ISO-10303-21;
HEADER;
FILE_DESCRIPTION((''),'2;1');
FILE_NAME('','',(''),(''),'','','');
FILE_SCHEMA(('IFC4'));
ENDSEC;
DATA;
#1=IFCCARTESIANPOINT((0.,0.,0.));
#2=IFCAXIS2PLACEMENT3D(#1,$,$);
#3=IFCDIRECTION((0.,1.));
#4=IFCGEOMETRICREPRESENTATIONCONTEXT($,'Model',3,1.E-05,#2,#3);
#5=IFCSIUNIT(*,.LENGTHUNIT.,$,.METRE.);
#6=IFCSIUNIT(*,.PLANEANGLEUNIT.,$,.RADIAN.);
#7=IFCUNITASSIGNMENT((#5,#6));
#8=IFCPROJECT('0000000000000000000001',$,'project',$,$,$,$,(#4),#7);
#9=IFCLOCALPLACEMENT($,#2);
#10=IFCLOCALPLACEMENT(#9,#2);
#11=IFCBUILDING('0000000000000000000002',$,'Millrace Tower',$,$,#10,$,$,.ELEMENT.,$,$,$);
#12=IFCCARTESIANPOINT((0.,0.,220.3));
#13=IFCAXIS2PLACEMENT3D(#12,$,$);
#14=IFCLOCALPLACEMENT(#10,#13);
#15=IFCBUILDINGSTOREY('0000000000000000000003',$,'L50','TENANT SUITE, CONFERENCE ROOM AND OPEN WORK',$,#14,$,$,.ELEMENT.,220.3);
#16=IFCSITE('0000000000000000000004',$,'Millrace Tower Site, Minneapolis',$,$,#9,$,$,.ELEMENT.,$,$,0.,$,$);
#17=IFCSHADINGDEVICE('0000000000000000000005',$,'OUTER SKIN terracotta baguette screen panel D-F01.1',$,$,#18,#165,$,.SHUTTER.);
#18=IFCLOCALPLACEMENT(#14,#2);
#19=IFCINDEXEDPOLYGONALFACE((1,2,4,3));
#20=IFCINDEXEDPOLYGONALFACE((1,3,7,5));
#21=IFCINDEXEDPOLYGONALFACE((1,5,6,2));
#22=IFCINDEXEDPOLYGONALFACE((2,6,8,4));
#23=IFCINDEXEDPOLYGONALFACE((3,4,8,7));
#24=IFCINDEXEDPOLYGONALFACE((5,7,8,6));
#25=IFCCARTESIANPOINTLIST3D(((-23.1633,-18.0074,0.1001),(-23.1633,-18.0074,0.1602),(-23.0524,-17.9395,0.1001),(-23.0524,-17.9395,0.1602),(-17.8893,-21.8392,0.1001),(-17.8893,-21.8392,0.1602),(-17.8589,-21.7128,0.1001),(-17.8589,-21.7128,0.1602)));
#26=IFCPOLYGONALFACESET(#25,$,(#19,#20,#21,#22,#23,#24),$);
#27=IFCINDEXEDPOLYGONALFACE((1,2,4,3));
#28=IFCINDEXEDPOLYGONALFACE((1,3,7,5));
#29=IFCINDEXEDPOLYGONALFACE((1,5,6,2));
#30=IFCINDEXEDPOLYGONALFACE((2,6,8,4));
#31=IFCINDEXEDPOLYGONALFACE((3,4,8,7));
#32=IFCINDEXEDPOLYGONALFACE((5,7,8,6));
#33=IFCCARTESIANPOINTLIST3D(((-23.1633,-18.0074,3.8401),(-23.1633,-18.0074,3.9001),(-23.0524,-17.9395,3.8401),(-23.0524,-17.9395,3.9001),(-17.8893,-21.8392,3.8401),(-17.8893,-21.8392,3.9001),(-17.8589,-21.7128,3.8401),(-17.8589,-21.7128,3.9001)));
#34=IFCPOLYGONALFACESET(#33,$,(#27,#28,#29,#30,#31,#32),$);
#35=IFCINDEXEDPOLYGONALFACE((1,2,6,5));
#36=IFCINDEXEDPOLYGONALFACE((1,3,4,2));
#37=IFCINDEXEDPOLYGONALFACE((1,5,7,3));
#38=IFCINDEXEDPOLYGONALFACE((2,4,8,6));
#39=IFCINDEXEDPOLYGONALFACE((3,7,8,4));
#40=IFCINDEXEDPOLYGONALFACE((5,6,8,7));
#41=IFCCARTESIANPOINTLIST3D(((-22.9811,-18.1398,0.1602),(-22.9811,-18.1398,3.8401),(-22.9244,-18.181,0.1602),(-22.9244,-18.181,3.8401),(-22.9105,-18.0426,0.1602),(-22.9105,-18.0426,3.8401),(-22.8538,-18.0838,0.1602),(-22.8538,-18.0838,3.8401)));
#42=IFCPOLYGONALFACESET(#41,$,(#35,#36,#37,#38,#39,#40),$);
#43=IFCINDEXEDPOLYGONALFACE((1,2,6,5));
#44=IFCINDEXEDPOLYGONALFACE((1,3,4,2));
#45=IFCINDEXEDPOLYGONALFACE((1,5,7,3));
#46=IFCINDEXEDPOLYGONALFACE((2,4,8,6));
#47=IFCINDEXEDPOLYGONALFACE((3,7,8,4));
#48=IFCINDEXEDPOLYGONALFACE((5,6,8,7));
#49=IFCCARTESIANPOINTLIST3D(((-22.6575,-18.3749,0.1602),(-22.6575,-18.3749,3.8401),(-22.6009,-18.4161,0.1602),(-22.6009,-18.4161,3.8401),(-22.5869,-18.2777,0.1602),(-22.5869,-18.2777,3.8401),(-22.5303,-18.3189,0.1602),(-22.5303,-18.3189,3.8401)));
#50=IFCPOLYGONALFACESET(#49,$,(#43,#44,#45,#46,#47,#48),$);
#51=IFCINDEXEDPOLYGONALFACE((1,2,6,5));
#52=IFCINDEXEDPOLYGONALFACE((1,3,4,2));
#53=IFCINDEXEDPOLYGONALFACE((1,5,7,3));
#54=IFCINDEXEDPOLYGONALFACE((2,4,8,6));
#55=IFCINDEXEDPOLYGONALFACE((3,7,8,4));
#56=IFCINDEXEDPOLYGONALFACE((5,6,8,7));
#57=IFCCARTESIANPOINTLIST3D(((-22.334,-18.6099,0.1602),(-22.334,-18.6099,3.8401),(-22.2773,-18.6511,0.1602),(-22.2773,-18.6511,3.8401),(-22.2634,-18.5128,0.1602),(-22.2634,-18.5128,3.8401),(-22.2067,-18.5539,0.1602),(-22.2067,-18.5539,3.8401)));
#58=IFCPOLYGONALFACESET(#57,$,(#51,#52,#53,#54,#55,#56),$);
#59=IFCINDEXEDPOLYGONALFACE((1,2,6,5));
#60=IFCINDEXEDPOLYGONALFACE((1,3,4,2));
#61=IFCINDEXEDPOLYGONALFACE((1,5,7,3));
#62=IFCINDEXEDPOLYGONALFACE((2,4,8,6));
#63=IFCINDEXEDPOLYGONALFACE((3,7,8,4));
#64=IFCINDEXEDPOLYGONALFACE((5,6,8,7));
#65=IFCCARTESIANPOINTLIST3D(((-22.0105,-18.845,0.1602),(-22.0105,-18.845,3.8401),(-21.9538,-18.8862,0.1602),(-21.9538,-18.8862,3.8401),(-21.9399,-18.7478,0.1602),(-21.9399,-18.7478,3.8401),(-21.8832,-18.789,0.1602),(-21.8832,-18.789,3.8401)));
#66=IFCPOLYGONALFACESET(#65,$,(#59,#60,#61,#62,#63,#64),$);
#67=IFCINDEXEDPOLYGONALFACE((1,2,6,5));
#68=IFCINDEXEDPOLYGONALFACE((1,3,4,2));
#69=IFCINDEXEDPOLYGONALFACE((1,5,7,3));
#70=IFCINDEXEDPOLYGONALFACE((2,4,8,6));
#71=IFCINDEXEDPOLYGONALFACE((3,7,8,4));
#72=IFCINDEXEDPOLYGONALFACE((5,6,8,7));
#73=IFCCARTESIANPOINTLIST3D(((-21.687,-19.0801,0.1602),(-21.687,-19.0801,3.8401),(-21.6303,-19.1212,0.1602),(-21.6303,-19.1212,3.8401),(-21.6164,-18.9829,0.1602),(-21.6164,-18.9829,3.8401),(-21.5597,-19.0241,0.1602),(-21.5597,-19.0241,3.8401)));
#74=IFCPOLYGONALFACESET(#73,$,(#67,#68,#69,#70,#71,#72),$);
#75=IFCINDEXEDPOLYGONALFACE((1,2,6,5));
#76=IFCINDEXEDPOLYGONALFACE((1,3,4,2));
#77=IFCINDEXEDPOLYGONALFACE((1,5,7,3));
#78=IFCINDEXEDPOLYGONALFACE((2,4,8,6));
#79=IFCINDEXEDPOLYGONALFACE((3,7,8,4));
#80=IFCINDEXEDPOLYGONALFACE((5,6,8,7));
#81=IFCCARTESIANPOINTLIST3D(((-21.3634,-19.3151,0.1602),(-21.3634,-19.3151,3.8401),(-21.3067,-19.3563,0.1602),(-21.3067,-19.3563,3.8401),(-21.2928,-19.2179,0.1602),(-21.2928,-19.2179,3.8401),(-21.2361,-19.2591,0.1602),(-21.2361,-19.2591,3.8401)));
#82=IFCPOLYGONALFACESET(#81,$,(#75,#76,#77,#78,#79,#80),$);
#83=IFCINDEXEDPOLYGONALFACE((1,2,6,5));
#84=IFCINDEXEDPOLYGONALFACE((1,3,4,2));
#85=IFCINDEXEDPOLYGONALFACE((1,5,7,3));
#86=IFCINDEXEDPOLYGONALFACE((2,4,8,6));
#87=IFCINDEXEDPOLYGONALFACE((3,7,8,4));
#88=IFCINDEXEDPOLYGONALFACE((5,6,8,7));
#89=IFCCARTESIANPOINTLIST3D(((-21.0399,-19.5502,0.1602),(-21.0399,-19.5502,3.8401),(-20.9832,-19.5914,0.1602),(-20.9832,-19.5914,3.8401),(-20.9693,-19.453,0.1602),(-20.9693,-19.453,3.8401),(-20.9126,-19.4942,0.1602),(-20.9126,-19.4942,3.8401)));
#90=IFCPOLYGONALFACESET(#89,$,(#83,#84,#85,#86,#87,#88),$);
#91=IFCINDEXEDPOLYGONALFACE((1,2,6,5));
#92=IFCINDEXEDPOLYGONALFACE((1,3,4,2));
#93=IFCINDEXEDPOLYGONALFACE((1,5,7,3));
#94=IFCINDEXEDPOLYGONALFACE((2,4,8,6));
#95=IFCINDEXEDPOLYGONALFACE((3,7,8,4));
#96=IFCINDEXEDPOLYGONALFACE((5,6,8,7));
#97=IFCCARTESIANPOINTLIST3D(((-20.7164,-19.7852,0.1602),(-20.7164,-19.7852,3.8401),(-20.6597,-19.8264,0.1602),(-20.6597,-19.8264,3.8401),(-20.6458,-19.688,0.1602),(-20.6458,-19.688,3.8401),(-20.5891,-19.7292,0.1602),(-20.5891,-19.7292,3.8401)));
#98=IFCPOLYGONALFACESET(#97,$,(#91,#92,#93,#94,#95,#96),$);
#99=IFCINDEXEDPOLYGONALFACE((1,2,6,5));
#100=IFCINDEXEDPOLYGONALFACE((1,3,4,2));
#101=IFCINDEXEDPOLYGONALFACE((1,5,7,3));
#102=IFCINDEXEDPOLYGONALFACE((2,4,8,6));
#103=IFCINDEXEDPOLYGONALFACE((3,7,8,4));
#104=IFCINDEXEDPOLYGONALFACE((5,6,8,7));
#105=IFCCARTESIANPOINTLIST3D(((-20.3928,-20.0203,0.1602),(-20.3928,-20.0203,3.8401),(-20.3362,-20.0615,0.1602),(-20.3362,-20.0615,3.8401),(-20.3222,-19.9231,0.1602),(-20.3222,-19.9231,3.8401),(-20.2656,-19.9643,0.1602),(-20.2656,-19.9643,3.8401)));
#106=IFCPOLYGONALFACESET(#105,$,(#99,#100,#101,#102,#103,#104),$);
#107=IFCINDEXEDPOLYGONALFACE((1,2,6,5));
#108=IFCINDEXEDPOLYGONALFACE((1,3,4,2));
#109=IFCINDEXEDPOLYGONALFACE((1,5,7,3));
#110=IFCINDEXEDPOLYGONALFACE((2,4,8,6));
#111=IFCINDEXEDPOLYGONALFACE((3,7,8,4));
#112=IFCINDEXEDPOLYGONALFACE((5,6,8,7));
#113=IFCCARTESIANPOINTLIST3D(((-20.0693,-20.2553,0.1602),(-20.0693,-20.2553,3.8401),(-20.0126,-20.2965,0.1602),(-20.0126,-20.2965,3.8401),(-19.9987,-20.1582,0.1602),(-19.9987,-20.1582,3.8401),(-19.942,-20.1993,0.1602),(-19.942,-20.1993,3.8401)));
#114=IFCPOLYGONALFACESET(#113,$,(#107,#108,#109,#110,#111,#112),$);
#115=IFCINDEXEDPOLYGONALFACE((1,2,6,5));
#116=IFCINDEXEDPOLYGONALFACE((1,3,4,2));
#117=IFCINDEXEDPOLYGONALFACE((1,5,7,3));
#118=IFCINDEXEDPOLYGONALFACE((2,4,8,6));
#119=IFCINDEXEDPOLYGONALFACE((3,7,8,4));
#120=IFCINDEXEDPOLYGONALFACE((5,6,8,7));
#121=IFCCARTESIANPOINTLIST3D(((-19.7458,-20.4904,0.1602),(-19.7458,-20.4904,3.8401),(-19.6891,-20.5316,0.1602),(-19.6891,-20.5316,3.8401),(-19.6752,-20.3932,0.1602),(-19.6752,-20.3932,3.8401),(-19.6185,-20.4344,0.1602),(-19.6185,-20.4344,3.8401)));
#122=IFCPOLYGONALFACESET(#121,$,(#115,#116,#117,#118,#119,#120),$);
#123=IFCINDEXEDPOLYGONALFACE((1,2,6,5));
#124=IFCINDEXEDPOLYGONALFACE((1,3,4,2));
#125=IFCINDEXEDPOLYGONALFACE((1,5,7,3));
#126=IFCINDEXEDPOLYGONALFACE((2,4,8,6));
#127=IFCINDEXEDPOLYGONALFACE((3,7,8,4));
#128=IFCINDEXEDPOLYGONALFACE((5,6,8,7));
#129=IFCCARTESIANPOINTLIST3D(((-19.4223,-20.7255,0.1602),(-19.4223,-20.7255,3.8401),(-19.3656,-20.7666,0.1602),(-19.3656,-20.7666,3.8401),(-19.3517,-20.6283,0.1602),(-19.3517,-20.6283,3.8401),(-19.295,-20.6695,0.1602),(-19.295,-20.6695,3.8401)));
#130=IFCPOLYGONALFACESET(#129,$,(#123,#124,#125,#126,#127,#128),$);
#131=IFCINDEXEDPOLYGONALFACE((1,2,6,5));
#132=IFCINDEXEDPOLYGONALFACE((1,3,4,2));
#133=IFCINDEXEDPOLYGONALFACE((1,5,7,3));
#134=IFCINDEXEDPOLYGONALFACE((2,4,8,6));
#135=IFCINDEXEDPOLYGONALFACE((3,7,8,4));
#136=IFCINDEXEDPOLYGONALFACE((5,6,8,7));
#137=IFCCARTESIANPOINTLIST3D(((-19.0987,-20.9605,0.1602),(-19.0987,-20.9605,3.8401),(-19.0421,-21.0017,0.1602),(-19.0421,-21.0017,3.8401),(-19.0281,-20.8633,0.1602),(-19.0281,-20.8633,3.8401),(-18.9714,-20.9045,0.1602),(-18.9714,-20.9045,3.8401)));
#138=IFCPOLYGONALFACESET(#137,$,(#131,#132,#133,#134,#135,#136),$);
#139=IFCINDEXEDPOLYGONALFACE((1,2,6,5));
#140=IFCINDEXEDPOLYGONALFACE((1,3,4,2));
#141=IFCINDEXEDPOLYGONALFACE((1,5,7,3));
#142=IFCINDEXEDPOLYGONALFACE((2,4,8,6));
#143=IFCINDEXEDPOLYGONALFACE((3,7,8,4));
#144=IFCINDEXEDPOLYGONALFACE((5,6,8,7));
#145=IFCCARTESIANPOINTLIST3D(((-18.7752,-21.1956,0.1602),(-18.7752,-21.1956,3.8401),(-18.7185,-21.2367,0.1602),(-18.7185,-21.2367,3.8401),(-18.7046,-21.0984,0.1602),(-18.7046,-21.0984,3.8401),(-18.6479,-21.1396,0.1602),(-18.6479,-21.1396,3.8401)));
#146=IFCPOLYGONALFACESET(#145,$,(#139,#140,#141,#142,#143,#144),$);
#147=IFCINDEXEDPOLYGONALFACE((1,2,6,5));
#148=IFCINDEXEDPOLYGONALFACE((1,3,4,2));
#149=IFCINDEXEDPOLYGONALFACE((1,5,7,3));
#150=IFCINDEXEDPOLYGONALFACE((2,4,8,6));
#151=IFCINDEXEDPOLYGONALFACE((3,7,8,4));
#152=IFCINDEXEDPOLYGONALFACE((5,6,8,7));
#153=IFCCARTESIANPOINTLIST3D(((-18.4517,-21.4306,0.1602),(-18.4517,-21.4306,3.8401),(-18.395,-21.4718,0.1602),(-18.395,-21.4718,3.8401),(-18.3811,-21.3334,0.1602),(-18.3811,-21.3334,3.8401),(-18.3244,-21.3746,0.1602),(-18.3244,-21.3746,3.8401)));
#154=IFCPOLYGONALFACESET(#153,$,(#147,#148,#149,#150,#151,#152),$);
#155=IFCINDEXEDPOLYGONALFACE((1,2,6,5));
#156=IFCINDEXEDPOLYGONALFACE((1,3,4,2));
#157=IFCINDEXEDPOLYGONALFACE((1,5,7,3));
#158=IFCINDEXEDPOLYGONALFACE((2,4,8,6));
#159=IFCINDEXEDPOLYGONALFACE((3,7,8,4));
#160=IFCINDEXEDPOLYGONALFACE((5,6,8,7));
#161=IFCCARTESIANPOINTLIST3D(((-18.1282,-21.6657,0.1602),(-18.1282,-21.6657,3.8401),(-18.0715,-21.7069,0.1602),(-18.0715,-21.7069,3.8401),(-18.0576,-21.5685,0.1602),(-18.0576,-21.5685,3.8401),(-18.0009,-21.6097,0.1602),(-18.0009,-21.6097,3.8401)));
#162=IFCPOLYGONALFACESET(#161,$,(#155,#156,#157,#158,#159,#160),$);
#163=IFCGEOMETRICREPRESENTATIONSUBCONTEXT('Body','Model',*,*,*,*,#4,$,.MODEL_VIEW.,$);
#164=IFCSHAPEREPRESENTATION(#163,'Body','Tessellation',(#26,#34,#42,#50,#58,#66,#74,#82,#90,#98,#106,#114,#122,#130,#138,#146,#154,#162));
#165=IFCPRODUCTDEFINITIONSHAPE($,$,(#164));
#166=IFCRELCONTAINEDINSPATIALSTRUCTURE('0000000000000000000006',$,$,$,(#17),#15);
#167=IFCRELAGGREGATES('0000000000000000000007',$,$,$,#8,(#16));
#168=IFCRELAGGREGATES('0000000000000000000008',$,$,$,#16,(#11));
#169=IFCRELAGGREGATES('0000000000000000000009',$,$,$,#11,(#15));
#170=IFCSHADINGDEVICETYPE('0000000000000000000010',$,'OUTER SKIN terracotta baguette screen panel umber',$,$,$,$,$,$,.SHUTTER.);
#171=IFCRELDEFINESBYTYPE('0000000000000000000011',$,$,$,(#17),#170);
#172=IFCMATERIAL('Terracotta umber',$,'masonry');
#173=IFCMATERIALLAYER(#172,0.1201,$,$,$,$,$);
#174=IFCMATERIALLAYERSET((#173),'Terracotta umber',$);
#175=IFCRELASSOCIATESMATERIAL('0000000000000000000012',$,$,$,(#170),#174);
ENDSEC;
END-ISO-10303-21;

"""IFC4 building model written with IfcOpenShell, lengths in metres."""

from ifc_helpers import new_model, entity, si_unit, direction, frame, frame_2d, origin, place, context, subcontext, project, spatial, rectangle, extrude, source, transform, mapped, material, layer, layer_set, type_object, element, save


model = new_model("IFC4")

# Units and contexts
model_context = context("Model", 3, precision=1e-05, world=origin(), true_north=direction((0.0, 1.0)))
body_context = subcontext(model_context, "Body", "Model", "MODEL_VIEW")
ifc_project = project(units=[si_unit("LENGTHUNIT", "METRE"), si_unit("PLANEANGLEUNIT", "RADIAN")], contexts=[model_context])

# Site, building, storey
site_placement = place(None, origin())
site = spatial("IfcSite", under=ifc_project, at=site_placement, Name="Millrace Tower Site, Minneapolis", CompositionType="ELEMENT", RefElevation=0.0)
building_placement = place(site_placement, origin())
building = spatial("IfcBuilding", under=site, at=building_placement, Name="Millrace Tower", CompositionType="ELEMENT")
storey_placement = place(building_placement, frame((0.0, 0.0, 220.3)))
storey = spatial("IfcBuildingStorey", under=building, at=storey_placement, Name="L50", Description="TENANT SUITE, CONFERENCE ROOM AND OPEN WORK", CompositionType="ELEMENT", Elevation=220.3)

# Shading device
ifc_material_1 = material(Name="Terracotta umber", Category="masonry")
ifc_layer_1 = layer(ifc_material_1, 0.1201)
ifc_layer_set_1 = layer_set([ifc_layer_1], Name="Terracotta umber")
shading_device_type = type_object("IfcShadingDeviceType", Name="OUTER SKIN terracotta baguette screen panel umber", PredefinedType="SHUTTER", material=ifc_layer_set_1)
cartesian_point_1 = entity("IfcCartesianPoint", [-3.2097, 0.0601])
shared_polyline_1 = entity("IfcPolyline", [cartesian_point_1, entity("IfcCartesianPoint", [3.2097, 0.0601]), entity("IfcCartesianPoint", [3.2595, -0.0601]), entity("IfcCartesianPoint", [-3.2595, -0.0601]), cartesian_point_1])
shared_shape_1 = source(origin(), body_context, "Body", "SweptSolid", [
    entity("IfcExtrudedAreaSolid", entity("IfcArbitraryClosedProfileDef", "AREA", None, shared_polyline_1), entity("IfcAxis2Placement3D", entity("IfcCartesianPoint", [0.0, 0.0, 0.0])), entity("IfcDirection", [0.0, 0.0, 1.0]), 0.0601),
    entity("IfcExtrudedAreaSolid", entity("IfcArbitraryClosedProfileDef", "AREA", None, shared_polyline_1), entity("IfcAxis2Placement3D", entity("IfcCartesianPoint", [0.0, 0.0, 3.74])), entity("IfcDirection", [0.0, 0.0, 1.0]), 0.0601),
    extrude(rectangle(XDim=0.0701, YDim=0.1201, at=frame_2d((-2.9993, 0.0))), frame((0.0, 0.0, 0.0601)), (0.0, 0.0, 1.0), 3.6799),
    extrude(rectangle(XDim=0.0701, YDim=0.1201, at=frame_2d((-2.5994, 0.0))), frame((0.0, 0.0, 0.0601)), (0.0, 0.0, 1.0), 3.6799),
    extrude(rectangle(XDim=0.0701, YDim=0.1201, at=frame_2d((-2.1995, 0.0))), frame((0.0, 0.0, 0.0601)), (0.0, 0.0, 1.0), 3.6799),
    extrude(rectangle(XDim=0.0701, YDim=0.1201, at=frame_2d((-1.7996, 0.0))), frame((0.0, 0.0, 0.0601)), (0.0, 0.0, 1.0), 3.6799),
    extrude(rectangle(XDim=0.0701, YDim=0.1201, at=frame_2d((-1.3997, 0.0))), frame((0.0, 0.0, 0.0601)), (0.0, 0.0, 1.0), 3.6799),
    extrude(rectangle(XDim=0.0701, YDim=0.1201, at=frame_2d((-0.9998, 0.0))), frame((0.0, 0.0, 0.0601)), (0.0, 0.0, 1.0), 3.6799),
    extrude(rectangle(XDim=0.0701, YDim=0.1201, at=frame_2d((-0.5999, 0.0))), frame((0.0, 0.0, 0.0601)), (0.0, 0.0, 1.0), 3.6799),
    extrude(rectangle(XDim=0.0701, YDim=0.1201, at=frame_2d((-0.2, 0.0))), frame((0.0, 0.0, 0.0601)), (0.0, 0.0, 1.0), 3.6799),
    extrude(rectangle(XDim=0.0701, YDim=0.1201, at=frame_2d((0.2, 0.0))), frame((0.0, 0.0, 0.0601)), (0.0, 0.0, 1.0), 3.6799),
    extrude(rectangle(XDim=0.0701, YDim=0.1201, at=frame_2d((0.5999, 0.0))), frame((0.0, 0.0, 0.0601)), (0.0, 0.0, 1.0), 3.6799),
    extrude(rectangle(XDim=0.0701, YDim=0.1201, at=frame_2d((0.9998, 0.0))), frame((0.0, 0.0, 0.0601)), (0.0, 0.0, 1.0), 3.6799),
    extrude(rectangle(XDim=0.0701, YDim=0.1201, at=frame_2d((1.3997, 0.0))), frame((0.0, 0.0, 0.0601)), (0.0, 0.0, 1.0), 3.6799),
    extrude(rectangle(XDim=0.0701, YDim=0.1201, at=frame_2d((1.7996, 0.0))), frame((0.0, 0.0, 0.0601)), (0.0, 0.0, 1.0), 3.6799),
    extrude(rectangle(XDim=0.0701, YDim=0.1201, at=frame_2d((2.1995, 0.0))), frame((0.0, 0.0, 0.0601)), (0.0, 0.0, 1.0), 3.6799),
    extrude(rectangle(XDim=0.0701, YDim=0.1201, at=frame_2d((2.5994, 0.0))), frame((0.0, 0.0, 0.0601)), (0.0, 0.0, 1.0), 3.6799),
    extrude(rectangle(XDim=0.0701, YDim=0.1201, at=frame_2d((2.9993, 0.0))), frame((0.0, 0.0, 0.0601)), (0.0, 0.0, 1.0), 3.6799),
])
shading_device_1_placement = place(storey_placement, frame((-20.491, -19.8748, 0.1001), z_axis=(0.0, 0.0, 1.0), x_axis=(0.809017, -0.587785, 0.0)))
element("IfcShadingDevice", 1, at=shading_device_1_placement, inside=storey, type_object=shading_device_type, Name="OUTER SKIN terracotta baguette screen panel D-F01.1", PredefinedType="SHUTTER", context=body_context, shape_type="MappedRepresentation", body=[
    mapped(shared_shape_1, transform((0.0, 0.0, 0.0), scale=1.0)),
])

save(model, "model.ifc")
